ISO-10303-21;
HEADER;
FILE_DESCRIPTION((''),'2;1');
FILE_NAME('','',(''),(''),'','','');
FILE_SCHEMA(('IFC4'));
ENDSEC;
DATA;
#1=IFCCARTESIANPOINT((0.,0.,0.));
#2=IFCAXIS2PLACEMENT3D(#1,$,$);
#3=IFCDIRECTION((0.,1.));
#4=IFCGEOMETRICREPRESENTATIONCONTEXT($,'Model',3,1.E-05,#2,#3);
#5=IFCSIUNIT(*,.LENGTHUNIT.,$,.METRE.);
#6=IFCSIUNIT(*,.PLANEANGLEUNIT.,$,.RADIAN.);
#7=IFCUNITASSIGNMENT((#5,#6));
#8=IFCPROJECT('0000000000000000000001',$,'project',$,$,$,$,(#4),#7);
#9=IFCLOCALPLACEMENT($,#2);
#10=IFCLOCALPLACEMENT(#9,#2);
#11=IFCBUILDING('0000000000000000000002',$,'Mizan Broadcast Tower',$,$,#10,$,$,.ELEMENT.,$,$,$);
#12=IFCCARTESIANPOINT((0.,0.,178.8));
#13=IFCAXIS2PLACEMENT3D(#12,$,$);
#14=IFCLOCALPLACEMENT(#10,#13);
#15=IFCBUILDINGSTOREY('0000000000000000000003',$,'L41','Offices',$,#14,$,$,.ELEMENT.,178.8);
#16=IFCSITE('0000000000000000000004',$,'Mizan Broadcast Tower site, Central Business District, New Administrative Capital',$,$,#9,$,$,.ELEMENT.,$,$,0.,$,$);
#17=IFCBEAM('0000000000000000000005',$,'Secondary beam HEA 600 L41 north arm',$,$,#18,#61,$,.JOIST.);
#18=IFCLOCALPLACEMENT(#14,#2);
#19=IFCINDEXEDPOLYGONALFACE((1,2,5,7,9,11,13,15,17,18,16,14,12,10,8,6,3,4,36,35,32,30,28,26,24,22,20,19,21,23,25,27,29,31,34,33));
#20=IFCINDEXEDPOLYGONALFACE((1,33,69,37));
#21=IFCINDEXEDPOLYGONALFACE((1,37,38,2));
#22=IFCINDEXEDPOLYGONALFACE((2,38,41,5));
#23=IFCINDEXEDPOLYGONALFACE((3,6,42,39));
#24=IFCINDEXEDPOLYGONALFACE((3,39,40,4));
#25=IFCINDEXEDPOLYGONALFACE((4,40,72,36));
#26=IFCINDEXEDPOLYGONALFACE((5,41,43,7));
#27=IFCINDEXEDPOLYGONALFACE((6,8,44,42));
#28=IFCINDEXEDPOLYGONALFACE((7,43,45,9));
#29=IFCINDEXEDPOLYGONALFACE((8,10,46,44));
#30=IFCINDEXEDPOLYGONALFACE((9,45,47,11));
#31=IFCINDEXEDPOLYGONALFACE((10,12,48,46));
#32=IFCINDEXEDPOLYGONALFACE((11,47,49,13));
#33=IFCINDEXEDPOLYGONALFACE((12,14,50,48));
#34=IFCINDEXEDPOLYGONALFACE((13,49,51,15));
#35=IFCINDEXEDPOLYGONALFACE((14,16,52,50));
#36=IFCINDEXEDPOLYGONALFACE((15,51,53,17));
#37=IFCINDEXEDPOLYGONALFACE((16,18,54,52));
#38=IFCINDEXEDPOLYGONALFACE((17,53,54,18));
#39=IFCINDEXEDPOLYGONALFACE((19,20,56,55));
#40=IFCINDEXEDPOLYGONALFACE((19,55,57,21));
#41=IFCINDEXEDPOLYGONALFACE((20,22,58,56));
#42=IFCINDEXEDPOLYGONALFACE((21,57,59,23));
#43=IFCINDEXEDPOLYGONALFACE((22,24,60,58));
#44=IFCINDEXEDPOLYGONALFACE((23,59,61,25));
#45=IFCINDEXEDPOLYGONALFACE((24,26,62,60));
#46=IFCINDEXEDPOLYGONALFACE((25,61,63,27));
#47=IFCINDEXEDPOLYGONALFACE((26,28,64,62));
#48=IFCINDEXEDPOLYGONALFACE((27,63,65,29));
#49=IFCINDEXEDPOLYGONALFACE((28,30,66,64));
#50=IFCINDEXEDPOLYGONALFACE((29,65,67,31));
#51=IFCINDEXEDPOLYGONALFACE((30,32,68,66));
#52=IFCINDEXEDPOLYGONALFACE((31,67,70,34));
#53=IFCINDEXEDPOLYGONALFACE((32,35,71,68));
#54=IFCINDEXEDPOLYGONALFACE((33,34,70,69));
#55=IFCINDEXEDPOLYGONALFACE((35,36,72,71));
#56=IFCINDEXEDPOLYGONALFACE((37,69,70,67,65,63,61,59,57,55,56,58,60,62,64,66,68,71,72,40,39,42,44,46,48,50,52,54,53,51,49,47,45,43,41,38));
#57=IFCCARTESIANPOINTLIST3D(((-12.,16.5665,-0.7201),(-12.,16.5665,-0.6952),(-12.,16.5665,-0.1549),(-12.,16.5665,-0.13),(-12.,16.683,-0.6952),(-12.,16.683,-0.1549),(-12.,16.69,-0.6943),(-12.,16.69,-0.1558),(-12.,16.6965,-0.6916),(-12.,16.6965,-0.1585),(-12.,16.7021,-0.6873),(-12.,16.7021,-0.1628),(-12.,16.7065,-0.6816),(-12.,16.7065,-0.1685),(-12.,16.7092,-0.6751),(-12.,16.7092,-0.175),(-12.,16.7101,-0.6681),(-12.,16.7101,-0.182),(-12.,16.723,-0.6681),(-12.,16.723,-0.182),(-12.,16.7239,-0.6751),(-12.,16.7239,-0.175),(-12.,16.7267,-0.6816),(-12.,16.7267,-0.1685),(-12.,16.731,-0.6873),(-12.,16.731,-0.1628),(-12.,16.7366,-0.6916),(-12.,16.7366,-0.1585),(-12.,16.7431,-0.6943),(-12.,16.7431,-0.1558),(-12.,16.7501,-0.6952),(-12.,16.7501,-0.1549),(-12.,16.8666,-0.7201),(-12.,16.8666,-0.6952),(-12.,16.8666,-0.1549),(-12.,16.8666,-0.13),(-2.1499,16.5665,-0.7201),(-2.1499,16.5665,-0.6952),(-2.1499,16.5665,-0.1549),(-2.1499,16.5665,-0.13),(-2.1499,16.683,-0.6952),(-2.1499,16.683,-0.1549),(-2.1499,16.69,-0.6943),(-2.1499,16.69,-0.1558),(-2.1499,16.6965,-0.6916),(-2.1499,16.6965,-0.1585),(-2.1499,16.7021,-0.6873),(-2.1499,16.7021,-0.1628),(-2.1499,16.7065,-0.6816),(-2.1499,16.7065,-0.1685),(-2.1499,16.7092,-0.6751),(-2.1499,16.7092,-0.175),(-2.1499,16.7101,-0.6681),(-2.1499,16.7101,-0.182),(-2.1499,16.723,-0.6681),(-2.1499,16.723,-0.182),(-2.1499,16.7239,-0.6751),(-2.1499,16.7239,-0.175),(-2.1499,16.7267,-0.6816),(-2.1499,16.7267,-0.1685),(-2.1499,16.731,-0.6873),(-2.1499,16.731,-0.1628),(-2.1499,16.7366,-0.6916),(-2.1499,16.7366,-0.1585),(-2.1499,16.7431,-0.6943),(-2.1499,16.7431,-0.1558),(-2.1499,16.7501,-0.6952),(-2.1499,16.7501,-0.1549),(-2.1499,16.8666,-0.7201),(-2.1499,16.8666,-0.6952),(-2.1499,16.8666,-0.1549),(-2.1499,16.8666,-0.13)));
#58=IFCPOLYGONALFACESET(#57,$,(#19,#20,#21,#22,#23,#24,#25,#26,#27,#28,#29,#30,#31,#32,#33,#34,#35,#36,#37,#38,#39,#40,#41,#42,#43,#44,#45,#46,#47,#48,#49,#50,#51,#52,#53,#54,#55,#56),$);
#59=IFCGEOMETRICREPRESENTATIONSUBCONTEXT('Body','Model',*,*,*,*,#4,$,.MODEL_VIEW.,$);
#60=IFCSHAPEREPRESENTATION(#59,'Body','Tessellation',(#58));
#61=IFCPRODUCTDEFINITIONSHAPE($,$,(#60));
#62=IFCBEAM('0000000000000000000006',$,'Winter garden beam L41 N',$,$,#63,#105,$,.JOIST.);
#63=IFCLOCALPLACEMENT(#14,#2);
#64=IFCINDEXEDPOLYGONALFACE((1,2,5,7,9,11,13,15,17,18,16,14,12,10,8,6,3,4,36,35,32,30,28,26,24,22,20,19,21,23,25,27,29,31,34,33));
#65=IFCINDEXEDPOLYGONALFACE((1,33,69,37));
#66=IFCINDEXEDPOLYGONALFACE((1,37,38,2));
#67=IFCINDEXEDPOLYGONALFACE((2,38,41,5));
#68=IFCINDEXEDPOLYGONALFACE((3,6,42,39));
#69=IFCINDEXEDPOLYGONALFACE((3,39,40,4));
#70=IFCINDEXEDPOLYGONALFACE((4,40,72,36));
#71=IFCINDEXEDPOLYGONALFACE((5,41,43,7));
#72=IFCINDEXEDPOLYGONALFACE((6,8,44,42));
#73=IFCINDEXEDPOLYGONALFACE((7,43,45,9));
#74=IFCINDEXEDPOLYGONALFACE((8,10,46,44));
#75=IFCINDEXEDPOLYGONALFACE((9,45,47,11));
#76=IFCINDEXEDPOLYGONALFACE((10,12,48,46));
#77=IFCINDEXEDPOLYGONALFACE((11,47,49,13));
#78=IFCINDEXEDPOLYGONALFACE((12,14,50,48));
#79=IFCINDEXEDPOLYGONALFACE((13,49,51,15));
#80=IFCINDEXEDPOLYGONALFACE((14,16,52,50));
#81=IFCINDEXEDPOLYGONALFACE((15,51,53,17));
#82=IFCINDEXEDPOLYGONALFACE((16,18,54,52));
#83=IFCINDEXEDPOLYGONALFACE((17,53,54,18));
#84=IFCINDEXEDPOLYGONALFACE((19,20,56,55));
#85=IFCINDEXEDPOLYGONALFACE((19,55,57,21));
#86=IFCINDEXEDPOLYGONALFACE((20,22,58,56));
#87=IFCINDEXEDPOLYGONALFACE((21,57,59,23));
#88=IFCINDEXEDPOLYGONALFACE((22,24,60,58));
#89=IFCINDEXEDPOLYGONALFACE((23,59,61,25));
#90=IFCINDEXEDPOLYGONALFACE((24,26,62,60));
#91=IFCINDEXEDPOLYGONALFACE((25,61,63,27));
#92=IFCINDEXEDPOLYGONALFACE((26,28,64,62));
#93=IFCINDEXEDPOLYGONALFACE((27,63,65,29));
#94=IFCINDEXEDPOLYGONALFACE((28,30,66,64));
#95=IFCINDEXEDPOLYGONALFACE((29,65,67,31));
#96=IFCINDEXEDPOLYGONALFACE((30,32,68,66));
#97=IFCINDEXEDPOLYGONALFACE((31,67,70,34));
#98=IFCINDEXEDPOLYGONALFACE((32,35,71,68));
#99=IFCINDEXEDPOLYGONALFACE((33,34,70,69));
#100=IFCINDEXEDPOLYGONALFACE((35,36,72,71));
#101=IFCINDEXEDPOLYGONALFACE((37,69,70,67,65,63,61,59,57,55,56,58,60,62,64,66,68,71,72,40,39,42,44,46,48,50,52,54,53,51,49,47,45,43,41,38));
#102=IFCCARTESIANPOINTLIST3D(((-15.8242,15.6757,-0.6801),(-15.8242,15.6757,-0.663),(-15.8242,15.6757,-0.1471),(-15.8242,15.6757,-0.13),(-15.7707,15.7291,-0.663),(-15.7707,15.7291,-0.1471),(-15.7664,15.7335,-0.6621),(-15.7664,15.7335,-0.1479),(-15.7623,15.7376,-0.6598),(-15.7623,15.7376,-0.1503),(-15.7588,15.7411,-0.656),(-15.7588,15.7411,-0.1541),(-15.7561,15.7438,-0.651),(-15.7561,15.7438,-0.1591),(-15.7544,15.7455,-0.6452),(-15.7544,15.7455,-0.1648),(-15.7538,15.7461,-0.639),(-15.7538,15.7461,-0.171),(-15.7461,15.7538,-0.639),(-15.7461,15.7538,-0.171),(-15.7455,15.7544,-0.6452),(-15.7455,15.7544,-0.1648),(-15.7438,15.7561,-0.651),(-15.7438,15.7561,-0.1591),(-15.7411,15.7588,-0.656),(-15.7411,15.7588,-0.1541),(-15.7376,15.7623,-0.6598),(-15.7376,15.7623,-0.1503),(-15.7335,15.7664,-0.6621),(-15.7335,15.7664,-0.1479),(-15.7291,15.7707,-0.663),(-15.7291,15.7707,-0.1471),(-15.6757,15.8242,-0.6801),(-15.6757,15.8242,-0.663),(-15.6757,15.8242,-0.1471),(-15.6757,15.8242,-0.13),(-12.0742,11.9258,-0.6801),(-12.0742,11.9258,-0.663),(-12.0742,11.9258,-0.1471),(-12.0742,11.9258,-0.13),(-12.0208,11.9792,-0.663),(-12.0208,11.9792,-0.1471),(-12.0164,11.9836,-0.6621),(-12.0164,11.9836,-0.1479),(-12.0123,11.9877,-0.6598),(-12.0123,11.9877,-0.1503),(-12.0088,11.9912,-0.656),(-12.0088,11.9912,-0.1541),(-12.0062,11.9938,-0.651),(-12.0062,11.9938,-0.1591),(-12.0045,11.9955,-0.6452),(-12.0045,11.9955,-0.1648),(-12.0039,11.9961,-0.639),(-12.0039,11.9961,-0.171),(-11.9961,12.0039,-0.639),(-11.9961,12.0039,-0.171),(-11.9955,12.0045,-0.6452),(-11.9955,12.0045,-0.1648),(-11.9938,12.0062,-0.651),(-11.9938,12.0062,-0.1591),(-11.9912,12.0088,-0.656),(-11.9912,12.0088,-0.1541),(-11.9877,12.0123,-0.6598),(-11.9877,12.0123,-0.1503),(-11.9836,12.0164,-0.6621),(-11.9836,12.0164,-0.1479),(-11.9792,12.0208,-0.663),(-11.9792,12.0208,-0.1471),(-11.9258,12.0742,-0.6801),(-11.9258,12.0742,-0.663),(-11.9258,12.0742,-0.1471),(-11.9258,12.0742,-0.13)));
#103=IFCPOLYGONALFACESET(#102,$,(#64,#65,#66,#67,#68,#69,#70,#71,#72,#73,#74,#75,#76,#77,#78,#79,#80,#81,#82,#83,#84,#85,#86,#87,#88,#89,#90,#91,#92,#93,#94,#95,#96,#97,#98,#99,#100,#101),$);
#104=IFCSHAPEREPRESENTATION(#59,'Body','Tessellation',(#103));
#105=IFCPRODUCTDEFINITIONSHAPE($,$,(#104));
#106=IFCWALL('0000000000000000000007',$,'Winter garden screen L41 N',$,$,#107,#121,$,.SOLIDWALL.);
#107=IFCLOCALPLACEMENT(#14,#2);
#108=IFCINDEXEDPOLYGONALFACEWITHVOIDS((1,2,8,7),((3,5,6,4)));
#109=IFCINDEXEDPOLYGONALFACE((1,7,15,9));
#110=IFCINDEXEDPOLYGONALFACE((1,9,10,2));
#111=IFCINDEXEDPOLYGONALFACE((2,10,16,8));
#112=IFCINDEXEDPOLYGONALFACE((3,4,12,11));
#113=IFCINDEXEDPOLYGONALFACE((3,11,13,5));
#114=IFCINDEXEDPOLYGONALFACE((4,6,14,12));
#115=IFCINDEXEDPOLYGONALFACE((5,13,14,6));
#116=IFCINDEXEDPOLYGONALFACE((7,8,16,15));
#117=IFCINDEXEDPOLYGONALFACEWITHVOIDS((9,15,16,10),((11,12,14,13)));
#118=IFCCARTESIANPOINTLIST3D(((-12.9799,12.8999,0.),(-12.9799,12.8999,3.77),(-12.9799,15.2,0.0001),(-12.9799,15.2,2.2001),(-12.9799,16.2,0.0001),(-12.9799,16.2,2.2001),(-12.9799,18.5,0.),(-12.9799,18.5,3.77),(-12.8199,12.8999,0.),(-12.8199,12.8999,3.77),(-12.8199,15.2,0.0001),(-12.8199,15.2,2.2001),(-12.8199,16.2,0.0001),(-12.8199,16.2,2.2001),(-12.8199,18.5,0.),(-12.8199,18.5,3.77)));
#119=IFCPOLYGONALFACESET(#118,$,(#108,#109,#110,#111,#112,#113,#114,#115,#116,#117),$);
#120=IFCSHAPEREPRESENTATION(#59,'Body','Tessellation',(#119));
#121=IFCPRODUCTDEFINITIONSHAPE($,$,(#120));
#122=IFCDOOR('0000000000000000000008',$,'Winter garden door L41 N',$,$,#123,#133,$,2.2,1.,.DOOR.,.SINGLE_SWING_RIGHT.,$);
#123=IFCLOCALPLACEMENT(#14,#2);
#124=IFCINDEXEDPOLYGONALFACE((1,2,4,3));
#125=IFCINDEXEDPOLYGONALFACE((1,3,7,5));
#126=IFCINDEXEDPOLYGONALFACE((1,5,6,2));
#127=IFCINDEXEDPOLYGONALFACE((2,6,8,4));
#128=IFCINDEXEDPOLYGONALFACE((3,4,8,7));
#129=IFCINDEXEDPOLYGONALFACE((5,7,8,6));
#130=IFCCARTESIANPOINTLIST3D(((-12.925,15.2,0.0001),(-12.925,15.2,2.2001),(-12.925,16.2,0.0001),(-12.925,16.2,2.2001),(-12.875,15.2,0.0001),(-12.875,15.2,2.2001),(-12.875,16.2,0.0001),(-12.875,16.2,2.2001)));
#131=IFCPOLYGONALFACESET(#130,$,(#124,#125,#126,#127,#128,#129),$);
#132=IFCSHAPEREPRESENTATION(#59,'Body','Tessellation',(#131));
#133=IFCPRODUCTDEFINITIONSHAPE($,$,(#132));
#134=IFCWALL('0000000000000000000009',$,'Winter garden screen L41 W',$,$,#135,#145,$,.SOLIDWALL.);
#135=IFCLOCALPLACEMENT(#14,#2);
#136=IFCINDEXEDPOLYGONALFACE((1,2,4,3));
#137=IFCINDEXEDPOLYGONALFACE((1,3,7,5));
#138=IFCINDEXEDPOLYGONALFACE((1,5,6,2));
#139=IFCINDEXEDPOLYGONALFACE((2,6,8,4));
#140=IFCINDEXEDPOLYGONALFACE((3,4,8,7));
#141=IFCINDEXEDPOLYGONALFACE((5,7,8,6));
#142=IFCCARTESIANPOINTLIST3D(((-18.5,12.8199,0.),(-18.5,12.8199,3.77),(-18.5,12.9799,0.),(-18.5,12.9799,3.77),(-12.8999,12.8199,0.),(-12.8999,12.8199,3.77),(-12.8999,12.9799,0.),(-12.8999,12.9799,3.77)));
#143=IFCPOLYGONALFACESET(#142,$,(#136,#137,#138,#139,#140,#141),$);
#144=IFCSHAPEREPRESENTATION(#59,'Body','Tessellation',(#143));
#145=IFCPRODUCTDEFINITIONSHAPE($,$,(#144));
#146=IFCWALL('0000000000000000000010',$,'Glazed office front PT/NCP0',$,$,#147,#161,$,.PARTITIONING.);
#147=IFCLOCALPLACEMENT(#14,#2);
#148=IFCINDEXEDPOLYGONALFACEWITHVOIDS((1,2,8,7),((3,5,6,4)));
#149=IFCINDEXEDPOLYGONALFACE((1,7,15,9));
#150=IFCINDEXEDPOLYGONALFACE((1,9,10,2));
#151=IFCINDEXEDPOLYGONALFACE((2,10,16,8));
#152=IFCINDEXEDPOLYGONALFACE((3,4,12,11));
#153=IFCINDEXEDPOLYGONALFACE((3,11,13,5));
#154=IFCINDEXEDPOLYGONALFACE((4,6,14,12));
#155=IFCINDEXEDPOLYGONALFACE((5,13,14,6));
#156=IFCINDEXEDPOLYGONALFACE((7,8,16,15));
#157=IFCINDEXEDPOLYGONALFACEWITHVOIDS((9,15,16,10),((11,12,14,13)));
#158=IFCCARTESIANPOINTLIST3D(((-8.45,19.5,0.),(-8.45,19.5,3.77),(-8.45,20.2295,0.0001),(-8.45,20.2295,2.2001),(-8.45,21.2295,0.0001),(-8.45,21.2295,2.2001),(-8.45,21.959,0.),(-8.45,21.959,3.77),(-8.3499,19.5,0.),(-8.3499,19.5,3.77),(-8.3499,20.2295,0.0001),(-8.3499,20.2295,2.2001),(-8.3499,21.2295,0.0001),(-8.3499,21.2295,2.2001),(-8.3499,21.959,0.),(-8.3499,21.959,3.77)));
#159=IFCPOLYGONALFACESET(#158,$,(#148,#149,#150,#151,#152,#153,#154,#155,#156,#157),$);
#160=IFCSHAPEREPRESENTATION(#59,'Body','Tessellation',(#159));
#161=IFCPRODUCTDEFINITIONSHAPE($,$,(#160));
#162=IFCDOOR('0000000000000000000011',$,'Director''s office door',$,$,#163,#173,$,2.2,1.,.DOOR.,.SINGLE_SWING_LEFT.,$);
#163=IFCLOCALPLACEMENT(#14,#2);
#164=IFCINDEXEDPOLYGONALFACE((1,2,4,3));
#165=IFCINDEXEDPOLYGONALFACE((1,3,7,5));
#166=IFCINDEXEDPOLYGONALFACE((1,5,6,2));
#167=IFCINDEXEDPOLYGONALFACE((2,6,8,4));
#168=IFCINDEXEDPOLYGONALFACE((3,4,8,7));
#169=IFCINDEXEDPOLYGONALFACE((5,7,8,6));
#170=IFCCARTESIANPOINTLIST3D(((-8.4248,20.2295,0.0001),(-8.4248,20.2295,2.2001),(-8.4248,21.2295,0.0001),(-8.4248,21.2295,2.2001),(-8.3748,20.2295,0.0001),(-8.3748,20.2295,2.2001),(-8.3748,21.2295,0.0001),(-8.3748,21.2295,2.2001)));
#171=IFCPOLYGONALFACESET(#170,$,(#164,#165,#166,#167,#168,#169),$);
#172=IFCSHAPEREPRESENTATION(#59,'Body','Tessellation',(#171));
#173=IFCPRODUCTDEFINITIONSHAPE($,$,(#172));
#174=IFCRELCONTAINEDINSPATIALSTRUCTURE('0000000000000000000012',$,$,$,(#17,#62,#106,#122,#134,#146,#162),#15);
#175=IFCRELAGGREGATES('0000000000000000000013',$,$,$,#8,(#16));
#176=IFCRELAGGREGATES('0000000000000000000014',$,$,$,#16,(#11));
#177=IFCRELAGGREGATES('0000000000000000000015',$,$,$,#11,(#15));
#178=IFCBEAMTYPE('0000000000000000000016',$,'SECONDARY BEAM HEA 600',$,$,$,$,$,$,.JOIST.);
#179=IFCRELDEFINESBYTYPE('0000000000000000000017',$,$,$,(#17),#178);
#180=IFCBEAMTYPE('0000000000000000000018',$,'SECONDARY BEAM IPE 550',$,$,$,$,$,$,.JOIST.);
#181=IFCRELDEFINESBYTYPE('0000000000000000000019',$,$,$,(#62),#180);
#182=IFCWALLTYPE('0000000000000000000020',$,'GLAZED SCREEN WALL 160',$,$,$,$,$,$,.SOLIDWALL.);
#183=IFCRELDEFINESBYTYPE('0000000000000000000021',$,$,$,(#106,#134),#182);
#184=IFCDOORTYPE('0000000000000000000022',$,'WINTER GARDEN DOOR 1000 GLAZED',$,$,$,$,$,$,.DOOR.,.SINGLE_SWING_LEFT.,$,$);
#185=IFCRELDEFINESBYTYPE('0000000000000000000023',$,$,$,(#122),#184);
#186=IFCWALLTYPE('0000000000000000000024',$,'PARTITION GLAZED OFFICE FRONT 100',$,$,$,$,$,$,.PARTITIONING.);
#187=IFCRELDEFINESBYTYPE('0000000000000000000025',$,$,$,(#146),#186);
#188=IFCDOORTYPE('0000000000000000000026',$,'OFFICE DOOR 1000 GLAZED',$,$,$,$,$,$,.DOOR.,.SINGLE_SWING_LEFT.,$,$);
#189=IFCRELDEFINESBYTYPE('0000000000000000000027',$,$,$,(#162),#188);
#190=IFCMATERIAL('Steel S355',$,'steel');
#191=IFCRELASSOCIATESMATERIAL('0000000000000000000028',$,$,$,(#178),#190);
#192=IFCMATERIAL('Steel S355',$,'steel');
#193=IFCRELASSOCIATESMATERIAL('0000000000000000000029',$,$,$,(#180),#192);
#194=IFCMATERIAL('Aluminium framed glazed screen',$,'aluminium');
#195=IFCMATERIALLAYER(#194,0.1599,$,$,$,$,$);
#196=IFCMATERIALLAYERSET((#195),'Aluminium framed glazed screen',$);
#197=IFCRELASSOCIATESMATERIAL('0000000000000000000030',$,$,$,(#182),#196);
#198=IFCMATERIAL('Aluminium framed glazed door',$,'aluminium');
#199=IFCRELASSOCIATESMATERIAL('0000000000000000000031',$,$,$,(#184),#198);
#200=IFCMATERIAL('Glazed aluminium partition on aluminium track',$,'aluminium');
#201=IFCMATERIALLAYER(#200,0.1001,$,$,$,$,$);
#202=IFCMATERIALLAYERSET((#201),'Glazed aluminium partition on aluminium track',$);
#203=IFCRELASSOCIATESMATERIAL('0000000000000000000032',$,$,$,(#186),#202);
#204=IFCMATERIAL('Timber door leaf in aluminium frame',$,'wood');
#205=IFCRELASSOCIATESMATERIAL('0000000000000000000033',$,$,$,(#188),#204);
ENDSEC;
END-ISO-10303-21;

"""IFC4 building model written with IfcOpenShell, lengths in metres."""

from ifc_helpers import new_model, si_unit, direction, frame, frame_2d, origin, origin_2d, place, context, subcontext, project, spatial, rectangle, i_section, extrude, material, layer, layer_set, material_profile, profile_set, type_object, element, fill, save


model = new_model("IFC4")

# Units and contexts
model_context = context("Model", 3, precision=1e-05, world=origin(), true_north=direction((0.0, 1.0)))
body_context = subcontext(model_context, "Body", "Model", "MODEL_VIEW")
ifc_project = project(units=[si_unit("LENGTHUNIT", "METRE"), si_unit("PLANEANGLEUNIT", "RADIAN")], contexts=[model_context])

# Site, building, storey
site_placement = place(None, origin())
site = spatial("IfcSite", under=ifc_project, at=site_placement, Name="Mizan Broadcast Tower site, Central Business District, New Administrative Capital", CompositionType="ELEMENT", RefElevation=0.0)
building_placement = place(site_placement, origin())
building = spatial("IfcBuilding", under=site, at=building_placement, Name="Mizan Broadcast Tower", CompositionType="ELEMENT")
storey_placement = place(building_placement, frame((0.0, 0.0, 178.8)))
storey = spatial("IfcBuildingStorey", under=building, at=storey_placement, Name="L41", Description="Offices", CompositionType="ELEMENT", Elevation=178.8)

# Beams
ifc_material_1 = material(Name="Steel S355", Category="steel")
ifc_material_profile_1 = material_profile(ifc_material_1, i_section(OverallWidth=0.3, OverallDepth=0.5901, WebThickness=0.0129, FlangeThickness=0.0249, FilletRadius=0.0271, at=origin_2d()), Name="HEA 600")
ifc_profile_set_1 = profile_set([ifc_material_profile_1], Name="Steel S355")
beam_type_1 = type_object("IfcBeamType", Name="SECONDARY BEAM HEA 600", PredefinedType="JOIST", material=ifc_profile_set_1)
for number, where, z_axis, x_axis, name in (
    (1, (-12.0, 16.7166, -0.425), (1.0, 0.0, 0.0), (0.0, 1.0, 0.0), "Secondary beam HEA 600 L41 north arm"),
):
    element("IfcBeam", number, at=place(storey_placement, frame(where, z_axis=z_axis, x_axis=x_axis)), inside=storey, type_object=beam_type_1, Name=name, PredefinedType="JOIST", context=body_context, shape_type="SweptSolid", body=[
        extrude(i_section(OverallWidth=0.3, OverallDepth=0.5901, WebThickness=0.0129, FlangeThickness=0.0249, FilletRadius=0.0271, at=origin_2d()), origin(), (0.0, 0.0, 1.0), 9.8501),
    ])
ifc_material_2 = material(Name="Steel S355", Category="steel")
ifc_material_profile_2 = material_profile(ifc_material_2, i_section(OverallWidth=0.21, OverallDepth=0.55, WebThickness=0.011, FlangeThickness=0.0171, FilletRadius=0.0239, at=origin_2d()), Name="IPE 550")
ifc_profile_set_2 = profile_set([ifc_material_profile_2], Name="Steel S355")
beam_type_2 = type_object("IfcBeamType", Name="SECONDARY BEAM IPE 550", PredefinedType="JOIST", material=ifc_profile_set_2)
beam_1_placement = place(storey_placement, frame((-12.0, 12.0, -0.405), z_axis=(-0.707107, 0.707107, 0.0), x_axis=(-0.707107, -0.707107, 0.0)))
element("IfcBeam", 2, at=beam_1_placement, inside=storey, type_object=beam_type_2, Name="Winter garden beam L41 N", PredefinedType="JOIST", context=body_context, shape_type="SweptSolid", body=[
    extrude(i_section(OverallWidth=0.21, OverallDepth=0.55, WebThickness=0.011, FlangeThickness=0.0171, FilletRadius=0.0239, at=origin_2d()), origin(), (0.0, 0.0, 1.0), 5.3032),
])

# Wall, opening, door
ifc_material_3 = material(Name="Aluminium framed glazed screen", Category="aluminium")
ifc_layer_1 = layer(ifc_material_3, 0.1599)
ifc_layer_set_1 = layer_set([ifc_layer_1], Name="Aluminium framed glazed screen")
wall_type_1 = type_object("IfcWallType", Name="GLAZED SCREEN WALL 160", PredefinedType="SOLIDWALL", material=ifc_layer_set_1)
wall_1_placement = place(storey_placement, frame((-12.8999, 18.5, 0.0), z_axis=(0.0, 0.0, 1.0), x_axis=(0.0, -1.0, 0.0)))
wall_1 = element("IfcWall", 3, at=wall_1_placement, inside=storey, type_object=wall_type_1, Name="Winter garden screen L41 N", PredefinedType="SOLIDWALL", context=body_context, shape_type="SweptSolid", body=[
    extrude(rectangle(XDim=5.6001, YDim=0.1599, at=frame_2d((2.8, 0.0))), origin(), (0.0, 0.0, 1.0), 3.77),
])
opening_1_placement = place(wall_1_placement, frame((2.3, 0.0, 0.0)))
opening_1 = element("IfcOpeningElement", 4, at=opening_1_placement, cuts=wall_1, PredefinedType="OPENING", context=body_context, shape_type="SweptSolid", body=[
    extrude(rectangle(XDim=1.0, YDim=2.2, at=frame_2d((0.5, 1.1001))), frame((0.0, 0.0898, 0.0), z_axis=(0.0, -1.0, 0.0), x_axis=(1.0, 0.0, 0.0)), (0.0, 0.0, 1.0), 0.1799),
])
ifc_material_4 = material(Name="Aluminium framed glazed door", Category="aluminium")
door_type_1 = type_object("IfcDoorType", Name="WINTER GARDEN DOOR 1000 GLAZED", OperationType="SINGLE_SWING_LEFT", PredefinedType="DOOR", material=ifc_material_4)
door_1_placement = place(opening_1_placement, origin())
door_1 = element("IfcDoor", 5, at=door_1_placement, inside=storey, type_object=door_type_1, Name="Winter garden door L41 N", OperationType="SINGLE_SWING_RIGHT", OverallHeight=2.2, OverallWidth=1.0, PredefinedType="DOOR", context=body_context, shape_type="SweptSolid", body=[
    extrude(rectangle(XDim=1.0, YDim=2.2, at=frame_2d((0.5, 1.1001))), frame((0.0, 0.0249, 0.0), z_axis=(0.0, -1.0, 0.0), x_axis=(1.0, 0.0, 0.0)), (0.0, 0.0, 1.0), 0.05),
])
fill(opening_1, door_1)

# Wall
wall_2_placement = place(storey_placement, frame((-12.8999, 12.8999, 0.0), z_axis=(0.0, 0.0, 1.0), x_axis=(-1.0, 0.0, 0.0)))
element("IfcWall", 6, at=wall_2_placement, inside=storey, type_object=wall_type_1, Name="Winter garden screen L41 W", PredefinedType="SOLIDWALL", context=body_context, shape_type="SweptSolid", body=[
    extrude(rectangle(XDim=5.6001, YDim=0.1599, at=frame_2d((2.8, 0.0))), origin(), (0.0, 0.0, 1.0), 3.77),
])

# Wall, opening, door
ifc_material_5 = material(Name="Glazed aluminium partition on aluminium track", Category="aluminium")
ifc_layer_2 = layer(ifc_material_5, 0.1001)
ifc_layer_set_2 = layer_set([ifc_layer_2], Name="Glazed aluminium partition on aluminium track")
wall_type_2 = type_object("IfcWallType", Name="PARTITION GLAZED OFFICE FRONT 100", PredefinedType="PARTITIONING", material=ifc_layer_set_2)
wall_3_placement = place(storey_placement, frame((-8.3999, 19.5, 0.0), z_axis=(0.0, 0.0, 1.0), x_axis=(0.0, 1.0, 0.0)))
wall_3 = element("IfcWall", 7, at=wall_3_placement, inside=storey, type_object=wall_type_2, Name="Glazed office front PT/NCP0", PredefinedType="PARTITIONING", context=body_context, shape_type="SweptSolid", body=[
    extrude(rectangle(XDim=2.459, YDim=0.1001, at=frame_2d((1.2295, 0.0))), origin(), (0.0, 0.0, 1.0), 3.77),
])
opening_2_placement = place(wall_3_placement, frame((0.7295, 0.0, 0.0)))
opening_2 = element("IfcOpeningElement", 8, at=opening_2_placement, cuts=wall_3, PredefinedType="OPENING", context=body_context, shape_type="SweptSolid", body=[
    extrude(rectangle(XDim=1.0, YDim=2.2, at=frame_2d((0.5, 1.1001))), frame((0.0, 0.0601, 0.0), z_axis=(0.0, -1.0, 0.0), x_axis=(1.0, 0.0, 0.0)), (0.0, 0.0, 1.0), 0.1201),
])
ifc_material_6 = material(Name="Timber door leaf in aluminium frame", Category="wood")
door_type_2 = type_object("IfcDoorType", Name="OFFICE DOOR 1000 GLAZED", OperationType="SINGLE_SWING_LEFT", PredefinedType="DOOR", material=ifc_material_6)
door_2_placement = place(opening_2_placement, origin())
door_2 = element("IfcDoor", 9, at=door_2_placement, inside=storey, type_object=door_type_2, Name="Director's office door", OperationType="SINGLE_SWING_LEFT", OverallHeight=2.2, OverallWidth=1.0, PredefinedType="DOOR", context=body_context, shape_type="SweptSolid", body=[
    extrude(rectangle(XDim=1.0, YDim=2.2, at=frame_2d((0.5, 1.1001))), frame((0.0, 0.0249, 0.0), z_axis=(0.0, -1.0, 0.0), x_axis=(1.0, 0.0, 0.0)), (0.0, 0.0, 1.0), 0.05),
])
fill(opening_2, door_2)

save(model, "model.ifc")
